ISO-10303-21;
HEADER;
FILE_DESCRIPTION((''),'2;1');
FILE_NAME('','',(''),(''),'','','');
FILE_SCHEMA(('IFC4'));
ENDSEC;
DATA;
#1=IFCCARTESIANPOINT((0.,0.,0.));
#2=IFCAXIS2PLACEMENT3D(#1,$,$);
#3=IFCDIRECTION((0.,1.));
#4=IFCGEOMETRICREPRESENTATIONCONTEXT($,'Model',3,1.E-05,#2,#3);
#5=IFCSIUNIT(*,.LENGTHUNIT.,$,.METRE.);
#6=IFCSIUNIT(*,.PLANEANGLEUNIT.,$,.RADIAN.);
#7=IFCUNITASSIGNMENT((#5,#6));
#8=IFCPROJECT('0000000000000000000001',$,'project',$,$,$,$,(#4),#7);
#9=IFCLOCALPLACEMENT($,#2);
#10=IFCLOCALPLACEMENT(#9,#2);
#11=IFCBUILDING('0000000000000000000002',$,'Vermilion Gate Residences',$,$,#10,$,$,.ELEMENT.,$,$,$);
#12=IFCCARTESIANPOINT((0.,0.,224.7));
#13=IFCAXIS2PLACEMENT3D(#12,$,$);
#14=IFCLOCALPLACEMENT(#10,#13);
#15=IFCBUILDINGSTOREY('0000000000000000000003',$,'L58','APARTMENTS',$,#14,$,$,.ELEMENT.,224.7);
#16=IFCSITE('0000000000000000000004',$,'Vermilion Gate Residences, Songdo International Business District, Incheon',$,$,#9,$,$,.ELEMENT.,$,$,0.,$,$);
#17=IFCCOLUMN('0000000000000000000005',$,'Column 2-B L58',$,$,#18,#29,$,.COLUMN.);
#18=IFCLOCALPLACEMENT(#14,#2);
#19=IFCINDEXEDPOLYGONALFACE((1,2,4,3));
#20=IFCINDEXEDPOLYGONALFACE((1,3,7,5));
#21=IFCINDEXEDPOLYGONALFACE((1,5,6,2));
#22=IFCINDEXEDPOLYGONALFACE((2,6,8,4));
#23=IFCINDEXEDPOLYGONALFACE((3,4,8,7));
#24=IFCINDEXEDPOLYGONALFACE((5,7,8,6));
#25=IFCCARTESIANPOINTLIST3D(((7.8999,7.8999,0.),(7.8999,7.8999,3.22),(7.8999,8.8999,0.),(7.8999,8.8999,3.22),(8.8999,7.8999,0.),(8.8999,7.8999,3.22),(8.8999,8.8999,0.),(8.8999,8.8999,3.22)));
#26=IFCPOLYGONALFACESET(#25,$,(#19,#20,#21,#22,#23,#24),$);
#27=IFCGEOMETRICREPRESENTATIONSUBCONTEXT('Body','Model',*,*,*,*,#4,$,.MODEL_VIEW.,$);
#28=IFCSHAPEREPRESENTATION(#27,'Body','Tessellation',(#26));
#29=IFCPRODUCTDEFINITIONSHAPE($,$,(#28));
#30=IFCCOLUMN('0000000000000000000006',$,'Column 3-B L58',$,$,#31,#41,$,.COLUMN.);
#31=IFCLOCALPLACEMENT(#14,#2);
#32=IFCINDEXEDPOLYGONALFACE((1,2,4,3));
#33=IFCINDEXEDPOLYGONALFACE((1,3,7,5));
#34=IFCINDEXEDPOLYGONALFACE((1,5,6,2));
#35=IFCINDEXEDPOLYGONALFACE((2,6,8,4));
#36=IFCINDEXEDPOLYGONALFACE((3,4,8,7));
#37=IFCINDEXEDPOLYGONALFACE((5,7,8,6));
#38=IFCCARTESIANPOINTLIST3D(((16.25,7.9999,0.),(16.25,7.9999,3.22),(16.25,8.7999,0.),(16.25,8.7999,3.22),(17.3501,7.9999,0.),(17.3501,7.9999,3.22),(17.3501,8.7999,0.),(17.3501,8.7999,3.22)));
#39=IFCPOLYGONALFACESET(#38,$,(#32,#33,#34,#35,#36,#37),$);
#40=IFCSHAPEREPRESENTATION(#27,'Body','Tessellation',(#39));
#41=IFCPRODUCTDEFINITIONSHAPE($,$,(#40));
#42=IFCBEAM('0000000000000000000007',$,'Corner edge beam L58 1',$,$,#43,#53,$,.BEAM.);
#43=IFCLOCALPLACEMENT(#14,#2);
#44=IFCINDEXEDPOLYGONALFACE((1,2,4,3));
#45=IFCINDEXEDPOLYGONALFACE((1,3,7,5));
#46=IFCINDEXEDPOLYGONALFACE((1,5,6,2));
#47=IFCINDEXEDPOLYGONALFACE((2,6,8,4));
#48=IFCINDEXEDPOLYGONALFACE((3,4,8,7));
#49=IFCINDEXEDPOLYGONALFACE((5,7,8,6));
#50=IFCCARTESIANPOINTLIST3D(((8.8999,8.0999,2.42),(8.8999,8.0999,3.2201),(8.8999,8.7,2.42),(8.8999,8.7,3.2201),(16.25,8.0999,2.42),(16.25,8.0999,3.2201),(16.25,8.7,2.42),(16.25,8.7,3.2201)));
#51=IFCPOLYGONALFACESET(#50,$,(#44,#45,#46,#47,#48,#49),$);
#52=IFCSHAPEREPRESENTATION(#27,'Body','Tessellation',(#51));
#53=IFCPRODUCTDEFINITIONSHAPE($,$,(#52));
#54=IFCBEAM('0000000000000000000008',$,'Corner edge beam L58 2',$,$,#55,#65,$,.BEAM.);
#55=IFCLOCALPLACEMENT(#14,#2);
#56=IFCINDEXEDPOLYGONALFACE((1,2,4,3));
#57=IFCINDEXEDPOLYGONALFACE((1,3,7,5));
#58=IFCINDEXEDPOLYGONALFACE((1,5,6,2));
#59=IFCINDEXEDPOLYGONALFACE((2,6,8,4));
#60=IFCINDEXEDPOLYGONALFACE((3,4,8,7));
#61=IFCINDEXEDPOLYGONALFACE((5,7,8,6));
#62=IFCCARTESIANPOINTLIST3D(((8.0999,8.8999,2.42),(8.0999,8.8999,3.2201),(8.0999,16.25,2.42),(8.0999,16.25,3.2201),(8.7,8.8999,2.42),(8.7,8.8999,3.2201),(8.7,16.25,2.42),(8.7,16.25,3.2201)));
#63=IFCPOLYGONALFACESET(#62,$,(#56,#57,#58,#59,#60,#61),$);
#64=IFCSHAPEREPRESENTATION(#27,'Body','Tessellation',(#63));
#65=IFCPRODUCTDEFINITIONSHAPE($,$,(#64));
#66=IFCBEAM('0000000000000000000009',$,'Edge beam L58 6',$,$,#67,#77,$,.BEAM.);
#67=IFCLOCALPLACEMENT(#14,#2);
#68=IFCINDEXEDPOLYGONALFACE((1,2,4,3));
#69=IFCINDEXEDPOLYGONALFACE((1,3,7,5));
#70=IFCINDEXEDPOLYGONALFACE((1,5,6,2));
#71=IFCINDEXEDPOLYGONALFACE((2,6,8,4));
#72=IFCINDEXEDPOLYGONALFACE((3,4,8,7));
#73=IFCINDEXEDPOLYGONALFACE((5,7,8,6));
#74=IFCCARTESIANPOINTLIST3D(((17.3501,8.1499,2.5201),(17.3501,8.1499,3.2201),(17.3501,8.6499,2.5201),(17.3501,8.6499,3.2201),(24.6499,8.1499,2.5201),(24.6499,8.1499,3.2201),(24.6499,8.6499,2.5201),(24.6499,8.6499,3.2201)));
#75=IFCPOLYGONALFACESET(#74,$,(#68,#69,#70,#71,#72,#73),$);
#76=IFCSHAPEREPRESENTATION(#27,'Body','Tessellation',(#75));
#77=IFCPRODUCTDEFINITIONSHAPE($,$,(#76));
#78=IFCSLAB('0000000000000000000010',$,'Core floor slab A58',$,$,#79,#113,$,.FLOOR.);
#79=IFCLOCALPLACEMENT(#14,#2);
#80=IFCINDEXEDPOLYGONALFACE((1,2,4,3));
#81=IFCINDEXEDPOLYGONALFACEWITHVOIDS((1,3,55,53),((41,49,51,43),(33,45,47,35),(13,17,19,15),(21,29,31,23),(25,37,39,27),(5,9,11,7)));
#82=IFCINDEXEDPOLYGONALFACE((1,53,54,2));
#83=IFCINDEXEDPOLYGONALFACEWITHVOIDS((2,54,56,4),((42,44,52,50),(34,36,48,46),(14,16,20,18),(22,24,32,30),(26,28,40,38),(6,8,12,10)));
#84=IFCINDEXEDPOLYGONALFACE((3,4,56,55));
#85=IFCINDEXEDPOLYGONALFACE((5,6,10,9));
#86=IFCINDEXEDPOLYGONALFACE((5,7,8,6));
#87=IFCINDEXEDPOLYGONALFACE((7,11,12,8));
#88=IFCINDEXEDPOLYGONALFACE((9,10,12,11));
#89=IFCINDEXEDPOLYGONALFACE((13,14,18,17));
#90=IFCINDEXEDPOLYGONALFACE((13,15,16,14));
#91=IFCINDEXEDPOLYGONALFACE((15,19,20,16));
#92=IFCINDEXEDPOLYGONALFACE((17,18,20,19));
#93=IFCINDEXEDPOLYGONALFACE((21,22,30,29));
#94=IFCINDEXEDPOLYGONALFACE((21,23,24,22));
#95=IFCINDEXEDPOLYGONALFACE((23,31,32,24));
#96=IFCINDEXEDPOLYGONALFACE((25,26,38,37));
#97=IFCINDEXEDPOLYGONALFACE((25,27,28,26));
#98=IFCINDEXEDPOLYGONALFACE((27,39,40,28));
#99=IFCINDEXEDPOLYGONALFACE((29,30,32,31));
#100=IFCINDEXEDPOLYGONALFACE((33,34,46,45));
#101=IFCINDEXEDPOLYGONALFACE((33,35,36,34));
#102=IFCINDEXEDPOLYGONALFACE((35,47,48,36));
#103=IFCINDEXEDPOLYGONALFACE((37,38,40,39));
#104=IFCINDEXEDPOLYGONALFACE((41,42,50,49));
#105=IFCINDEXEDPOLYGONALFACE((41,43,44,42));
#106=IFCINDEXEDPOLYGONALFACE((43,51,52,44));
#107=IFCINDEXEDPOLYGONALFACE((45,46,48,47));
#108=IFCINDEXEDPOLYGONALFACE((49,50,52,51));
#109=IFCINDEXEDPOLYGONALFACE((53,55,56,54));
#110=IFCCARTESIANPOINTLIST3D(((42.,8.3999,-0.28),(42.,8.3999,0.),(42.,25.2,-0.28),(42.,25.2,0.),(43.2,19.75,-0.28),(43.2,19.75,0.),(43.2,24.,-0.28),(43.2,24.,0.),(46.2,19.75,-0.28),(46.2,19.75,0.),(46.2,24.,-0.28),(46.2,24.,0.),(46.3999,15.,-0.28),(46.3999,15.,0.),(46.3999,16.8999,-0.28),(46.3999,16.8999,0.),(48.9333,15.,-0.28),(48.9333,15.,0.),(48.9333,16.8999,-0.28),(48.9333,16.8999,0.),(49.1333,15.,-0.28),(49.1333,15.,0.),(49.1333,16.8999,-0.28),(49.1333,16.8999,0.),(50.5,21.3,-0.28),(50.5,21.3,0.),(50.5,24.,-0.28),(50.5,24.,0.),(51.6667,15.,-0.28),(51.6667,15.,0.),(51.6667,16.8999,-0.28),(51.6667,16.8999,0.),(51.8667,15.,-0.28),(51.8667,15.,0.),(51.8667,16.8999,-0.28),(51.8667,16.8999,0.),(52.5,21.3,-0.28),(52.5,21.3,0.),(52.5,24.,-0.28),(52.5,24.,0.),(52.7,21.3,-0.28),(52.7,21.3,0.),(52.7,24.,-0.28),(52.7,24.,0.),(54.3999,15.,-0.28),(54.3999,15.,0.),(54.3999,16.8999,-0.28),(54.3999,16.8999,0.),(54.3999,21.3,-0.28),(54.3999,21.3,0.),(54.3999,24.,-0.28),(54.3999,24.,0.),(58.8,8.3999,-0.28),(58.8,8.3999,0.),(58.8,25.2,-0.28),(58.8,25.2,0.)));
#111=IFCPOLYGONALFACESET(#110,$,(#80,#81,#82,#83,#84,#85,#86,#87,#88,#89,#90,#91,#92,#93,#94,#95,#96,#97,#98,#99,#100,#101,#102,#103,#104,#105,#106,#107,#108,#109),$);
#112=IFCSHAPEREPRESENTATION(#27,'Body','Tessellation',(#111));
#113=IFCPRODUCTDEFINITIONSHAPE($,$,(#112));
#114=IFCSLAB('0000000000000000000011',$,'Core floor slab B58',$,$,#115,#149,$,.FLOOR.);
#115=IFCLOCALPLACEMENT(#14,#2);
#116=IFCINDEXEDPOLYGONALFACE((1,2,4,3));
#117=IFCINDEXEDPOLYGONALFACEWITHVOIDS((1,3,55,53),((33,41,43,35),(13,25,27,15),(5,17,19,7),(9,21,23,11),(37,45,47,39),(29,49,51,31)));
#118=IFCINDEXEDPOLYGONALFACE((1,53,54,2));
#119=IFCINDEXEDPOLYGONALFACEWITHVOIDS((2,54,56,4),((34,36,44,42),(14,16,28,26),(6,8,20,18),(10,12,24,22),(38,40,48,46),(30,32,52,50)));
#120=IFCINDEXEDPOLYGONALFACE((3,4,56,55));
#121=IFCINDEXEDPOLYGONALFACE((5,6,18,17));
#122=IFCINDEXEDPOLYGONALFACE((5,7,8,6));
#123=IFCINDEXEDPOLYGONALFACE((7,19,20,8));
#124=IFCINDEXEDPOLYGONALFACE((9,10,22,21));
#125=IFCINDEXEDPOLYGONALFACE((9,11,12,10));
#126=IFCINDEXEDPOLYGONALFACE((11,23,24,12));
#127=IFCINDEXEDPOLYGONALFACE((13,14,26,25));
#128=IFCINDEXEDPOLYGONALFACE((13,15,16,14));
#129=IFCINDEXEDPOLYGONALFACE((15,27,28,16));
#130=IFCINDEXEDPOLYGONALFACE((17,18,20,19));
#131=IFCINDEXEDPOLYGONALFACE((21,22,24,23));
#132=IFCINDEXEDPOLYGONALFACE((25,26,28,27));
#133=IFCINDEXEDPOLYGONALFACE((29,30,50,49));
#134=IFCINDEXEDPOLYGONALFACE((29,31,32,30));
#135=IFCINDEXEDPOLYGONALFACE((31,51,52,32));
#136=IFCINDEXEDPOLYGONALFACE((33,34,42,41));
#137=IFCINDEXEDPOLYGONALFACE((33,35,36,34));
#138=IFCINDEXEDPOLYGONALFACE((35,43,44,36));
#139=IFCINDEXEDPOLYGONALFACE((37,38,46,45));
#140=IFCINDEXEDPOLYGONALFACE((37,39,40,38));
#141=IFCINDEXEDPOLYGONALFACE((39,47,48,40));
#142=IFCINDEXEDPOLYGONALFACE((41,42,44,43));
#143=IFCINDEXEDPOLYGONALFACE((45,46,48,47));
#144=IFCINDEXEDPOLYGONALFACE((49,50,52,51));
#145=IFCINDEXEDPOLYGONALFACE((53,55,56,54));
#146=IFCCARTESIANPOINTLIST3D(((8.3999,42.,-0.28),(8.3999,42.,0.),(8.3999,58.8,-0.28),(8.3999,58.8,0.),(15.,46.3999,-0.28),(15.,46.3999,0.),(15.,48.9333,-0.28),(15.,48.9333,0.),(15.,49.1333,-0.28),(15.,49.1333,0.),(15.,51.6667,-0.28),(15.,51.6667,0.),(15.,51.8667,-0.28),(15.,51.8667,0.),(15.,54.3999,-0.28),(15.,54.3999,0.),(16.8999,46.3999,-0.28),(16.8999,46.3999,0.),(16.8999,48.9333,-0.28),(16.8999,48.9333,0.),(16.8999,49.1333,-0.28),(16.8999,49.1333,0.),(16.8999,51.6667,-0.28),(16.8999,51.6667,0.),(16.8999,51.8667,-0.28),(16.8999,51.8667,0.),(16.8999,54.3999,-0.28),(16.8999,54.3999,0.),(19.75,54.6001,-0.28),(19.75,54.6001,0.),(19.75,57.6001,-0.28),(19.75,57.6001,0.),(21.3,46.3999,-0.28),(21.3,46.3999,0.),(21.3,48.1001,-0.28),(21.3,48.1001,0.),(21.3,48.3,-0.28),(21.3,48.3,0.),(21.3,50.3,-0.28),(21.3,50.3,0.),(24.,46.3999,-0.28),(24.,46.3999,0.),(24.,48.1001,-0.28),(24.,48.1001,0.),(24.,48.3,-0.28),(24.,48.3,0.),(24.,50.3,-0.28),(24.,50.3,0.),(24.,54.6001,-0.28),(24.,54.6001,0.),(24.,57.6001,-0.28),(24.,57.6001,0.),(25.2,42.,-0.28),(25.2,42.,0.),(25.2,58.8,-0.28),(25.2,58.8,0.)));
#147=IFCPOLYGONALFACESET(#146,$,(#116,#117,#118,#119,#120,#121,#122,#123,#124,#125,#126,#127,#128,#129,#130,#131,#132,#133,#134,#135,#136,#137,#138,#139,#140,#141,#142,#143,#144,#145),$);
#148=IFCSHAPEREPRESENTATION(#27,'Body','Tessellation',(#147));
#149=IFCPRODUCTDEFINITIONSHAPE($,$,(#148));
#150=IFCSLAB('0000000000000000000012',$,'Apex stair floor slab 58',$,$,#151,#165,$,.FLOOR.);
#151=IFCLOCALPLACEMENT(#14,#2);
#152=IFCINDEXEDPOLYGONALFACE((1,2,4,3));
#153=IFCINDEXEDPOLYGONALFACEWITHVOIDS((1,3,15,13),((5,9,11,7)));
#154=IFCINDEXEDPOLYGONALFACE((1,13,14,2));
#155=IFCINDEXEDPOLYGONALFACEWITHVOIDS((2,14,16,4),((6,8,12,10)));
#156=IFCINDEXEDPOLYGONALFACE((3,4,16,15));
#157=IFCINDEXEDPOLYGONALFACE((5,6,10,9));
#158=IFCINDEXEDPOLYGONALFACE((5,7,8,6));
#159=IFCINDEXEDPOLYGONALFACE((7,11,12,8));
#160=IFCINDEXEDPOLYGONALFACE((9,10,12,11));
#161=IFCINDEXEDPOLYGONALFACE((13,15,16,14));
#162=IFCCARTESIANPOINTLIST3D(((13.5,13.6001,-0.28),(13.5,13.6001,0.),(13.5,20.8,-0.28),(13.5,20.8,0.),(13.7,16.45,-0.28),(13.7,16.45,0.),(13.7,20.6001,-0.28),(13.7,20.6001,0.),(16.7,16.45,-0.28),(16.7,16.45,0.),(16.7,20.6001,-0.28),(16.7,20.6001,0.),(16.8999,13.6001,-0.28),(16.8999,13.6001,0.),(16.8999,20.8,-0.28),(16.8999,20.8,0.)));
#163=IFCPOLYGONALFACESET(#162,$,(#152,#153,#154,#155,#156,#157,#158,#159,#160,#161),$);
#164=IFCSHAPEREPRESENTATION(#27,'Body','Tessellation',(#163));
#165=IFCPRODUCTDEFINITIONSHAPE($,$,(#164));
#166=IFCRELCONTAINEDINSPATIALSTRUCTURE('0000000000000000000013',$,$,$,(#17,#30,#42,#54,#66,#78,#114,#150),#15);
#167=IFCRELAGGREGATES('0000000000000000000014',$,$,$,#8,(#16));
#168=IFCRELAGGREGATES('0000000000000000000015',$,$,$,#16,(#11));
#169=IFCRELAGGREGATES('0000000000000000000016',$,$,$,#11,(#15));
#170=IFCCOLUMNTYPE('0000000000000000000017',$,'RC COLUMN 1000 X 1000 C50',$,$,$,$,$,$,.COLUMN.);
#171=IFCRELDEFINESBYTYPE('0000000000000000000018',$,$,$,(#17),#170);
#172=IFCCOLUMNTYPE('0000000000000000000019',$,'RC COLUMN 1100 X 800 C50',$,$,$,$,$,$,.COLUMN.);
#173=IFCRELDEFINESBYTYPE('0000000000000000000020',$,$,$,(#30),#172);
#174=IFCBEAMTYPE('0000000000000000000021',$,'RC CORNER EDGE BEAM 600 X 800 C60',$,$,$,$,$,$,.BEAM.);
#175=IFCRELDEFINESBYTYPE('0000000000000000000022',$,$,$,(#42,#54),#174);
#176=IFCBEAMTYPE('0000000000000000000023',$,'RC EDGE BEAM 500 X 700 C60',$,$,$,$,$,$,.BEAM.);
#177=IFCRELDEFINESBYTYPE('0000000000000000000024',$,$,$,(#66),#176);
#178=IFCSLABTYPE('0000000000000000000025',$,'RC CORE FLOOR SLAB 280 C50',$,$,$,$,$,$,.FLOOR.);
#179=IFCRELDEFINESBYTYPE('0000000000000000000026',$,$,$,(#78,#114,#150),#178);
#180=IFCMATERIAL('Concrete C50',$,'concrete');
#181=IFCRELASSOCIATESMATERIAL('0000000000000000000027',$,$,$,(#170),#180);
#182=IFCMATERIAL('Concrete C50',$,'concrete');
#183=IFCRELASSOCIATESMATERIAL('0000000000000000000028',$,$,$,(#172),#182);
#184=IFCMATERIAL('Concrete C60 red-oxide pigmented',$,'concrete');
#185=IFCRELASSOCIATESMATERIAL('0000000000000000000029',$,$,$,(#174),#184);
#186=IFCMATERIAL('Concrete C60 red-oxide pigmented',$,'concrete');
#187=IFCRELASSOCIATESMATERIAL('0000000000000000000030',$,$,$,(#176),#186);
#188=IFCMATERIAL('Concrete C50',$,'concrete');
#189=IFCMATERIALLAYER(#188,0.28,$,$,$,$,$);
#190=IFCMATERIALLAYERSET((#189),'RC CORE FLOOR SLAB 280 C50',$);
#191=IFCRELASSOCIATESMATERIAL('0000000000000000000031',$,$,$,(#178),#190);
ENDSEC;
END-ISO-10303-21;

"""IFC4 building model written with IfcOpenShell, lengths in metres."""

from ifc_helpers import new_model, si_unit, direction, frame, origin, origin_2d, place, context, subcontext, project, spatial, polyline, rectangle, outline, extrude, material, layer, layer_set, material_profile, profile_set, type_object, element, save


model = new_model("IFC4")

# Units and contexts
model_context = context("Model", 3, precision=1e-05, world=origin(), true_north=direction((0.0, 1.0)))
body_context = subcontext(model_context, "Body", "Model", "MODEL_VIEW")
ifc_project = project(units=[si_unit("LENGTHUNIT", "METRE"), si_unit("PLANEANGLEUNIT", "RADIAN")], contexts=[model_context])

# Site, building, storey
site_placement = place(None, origin())
site = spatial("IfcSite", under=ifc_project, at=site_placement, Name="Vermilion Gate Residences, Songdo International Business District, Incheon", CompositionType="ELEMENT", RefElevation=0.0)
building_placement = place(site_placement, origin())
building = spatial("IfcBuilding", under=site, at=building_placement, Name="Vermilion Gate Residences", CompositionType="ELEMENT")
storey_placement = place(building_placement, frame((0.0, 0.0, 224.7)))
storey = spatial("IfcBuildingStorey", under=building, at=storey_placement, Name="L58", Description="APARTMENTS", CompositionType="ELEMENT", Elevation=224.7)

# Columns
ifc_material_1 = material(Name="Concrete C50", Category="concrete")
ifc_material_profile_1 = material_profile(ifc_material_1, rectangle(XDim=1.0, YDim=1.0, at=origin_2d()), Name="RC-1000x1000")
ifc_profile_set_1 = profile_set([ifc_material_profile_1], Name="Concrete C50")
column_type_1 = type_object("IfcColumnType", Name="RC COLUMN 1000 X 1000 C50", PredefinedType="COLUMN", material=ifc_profile_set_1)
column_1_placement = place(storey_placement, frame((8.3999, 8.3999, 0.0), z_axis=(0.0, 0.0, 1.0), x_axis=(1.0, 0.0, 0.0)))
element("IfcColumn", 1, at=column_1_placement, inside=storey, type_object=column_type_1, Name="Column 2-B L58", PredefinedType="COLUMN", context=body_context, shape_type="SweptSolid", body=[
    extrude(rectangle(XDim=1.0, YDim=1.0, at=origin_2d()), origin(), (0.0, 0.0, 1.0), 3.22),
])
ifc_material_2 = material(Name="Concrete C50", Category="concrete")
ifc_material_profile_2 = material_profile(ifc_material_2, rectangle(XDim=1.1001, YDim=0.8, at=origin_2d()), Name="RC-1100x800")
ifc_profile_set_2 = profile_set([ifc_material_profile_2], Name="Concrete C50")
column_type_2 = type_object("IfcColumnType", Name="RC COLUMN 1100 X 800 C50", PredefinedType="COLUMN", material=ifc_profile_set_2)
column_2_placement = place(storey_placement, frame((16.8, 8.3999, 0.0), z_axis=(0.0, 0.0, 1.0), x_axis=(1.0, 0.0, 0.0)))
element("IfcColumn", 2, at=column_2_placement, inside=storey, type_object=column_type_2, Name="Column 3-B L58", PredefinedType="COLUMN", context=body_context, shape_type="SweptSolid", body=[
    extrude(rectangle(XDim=1.1001, YDim=0.8, at=origin_2d()), origin(), (0.0, 0.0, 1.0), 3.22),
])

# Beams
ifc_material_3 = material(Name="Concrete C60 red-oxide pigmented", Category="concrete")
ifc_material_profile_3 = material_profile(ifc_material_3, rectangle(XDim=0.6001, YDim=0.8, at=origin_2d()), Name="RC-600x800")
ifc_profile_set_3 = profile_set([ifc_material_profile_3], Name="Concrete C60 red-oxide pigmented")
beam_type_1 = type_object("IfcBeamType", Name="RC CORNER EDGE BEAM 600 X 800 C60", PredefinedType="BEAM", material=ifc_profile_set_3)
for number, where, z_axis, x_axis, name in (
    (3, (8.8999, 8.3999, 2.8201), (1.0, 0.0, 0.0), (0.0, 1.0, 0.0), "Corner edge beam L58 1"),
    (4, (8.3999, 8.8999, 2.8201), (0.0, 1.0, 0.0), (-1.0, 0.0, 0.0), "Corner edge beam L58 2"),
):
    element("IfcBeam", number, at=place(storey_placement, frame(where, z_axis=z_axis, x_axis=x_axis)), inside=storey, type_object=beam_type_1, Name=name, PredefinedType="BEAM", context=body_context, shape_type="SweptSolid", body=[
        extrude(rectangle(XDim=0.6001, YDim=0.8, at=origin_2d()), origin(), (0.0, 0.0, 1.0), 7.3501),
    ])
ifc_material_4 = material(Name="Concrete C60 red-oxide pigmented", Category="concrete")
ifc_material_profile_4 = material_profile(ifc_material_4, rectangle(XDim=0.5, YDim=0.7, at=origin_2d()), Name="RC-500x700")
ifc_profile_set_4 = profile_set([ifc_material_profile_4], Name="Concrete C60 red-oxide pigmented")
beam_type_2 = type_object("IfcBeamType", Name="RC EDGE BEAM 500 X 700 C60", PredefinedType="BEAM", material=ifc_profile_set_4)
beam_placement = place(storey_placement, frame((17.3501, 8.3999, 2.8701), z_axis=(1.0, 0.0, 0.0), x_axis=(0.0, 1.0, 0.0)))
element("IfcBeam", 5, at=beam_placement, inside=storey, type_object=beam_type_2, Name="Edge beam L58 6", PredefinedType="BEAM", context=body_context, shape_type="SweptSolid", body=[
    extrude(rectangle(XDim=0.5, YDim=0.7, at=origin_2d()), origin(), (0.0, 0.0, 1.0), 7.2998),
])

# Slabs
ifc_material_5 = material(Name="Concrete C50", Category="concrete")
ifc_layer_1 = layer(ifc_material_5, 0.28)
ifc_layer_set_1 = layer_set([ifc_layer_1], Name="RC CORE FLOOR SLAB 280 C50")
slab_type_1 = type_object("IfcSlabType", Name="RC CORE FLOOR SLAB 280 C50", PredefinedType="FLOOR", material=ifc_layer_set_1)
slab_1_placement = place(storey_placement, frame((0.0, 0.0, -0.28)))
element("IfcSlab", 6, at=slab_1_placement, inside=storey, type_object=slab_type_1, Name="Core floor slab A58", PredefinedType="FLOOR", context=body_context, shape_type="SweptSolid", body=[
    extrude(outline(polyline([(42.0, 8.3999), (58.8, 8.3999), (58.8, 25.2), (42.0, 25.2), (42.0, 8.3999)]), holes=[polyline([(46.3999, 15.0), (46.3999, 16.8999), (48.9333, 16.8999), (48.9333, 15.0), (46.3999, 15.0)]), polyline([(49.1333, 16.8999), (51.6667, 16.8999), (51.6667, 15.0), (49.1333, 15.0), (49.1333, 16.8999)]), polyline([(51.8667, 16.8999), (54.3999, 16.8999), (54.3999, 15.0), (51.8667, 15.0), (51.8667, 16.8999)]), polyline([(43.2, 19.75), (43.2, 24.0), (46.2, 24.0), (46.2, 19.75), (43.2, 19.75)]), polyline([(50.5, 24.0), (52.5, 24.0), (52.5, 21.3), (50.5, 21.3), (50.5, 24.0)]), polyline([(52.7, 24.0), (54.3999, 24.0), (54.3999, 21.3), (52.7, 21.3), (52.7, 24.0)])]), origin(), (0.0, 0.0, 1.0), 0.28),
])
slab_2_placement = place(storey_placement, frame((0.0, 0.0, -0.28)))
element("IfcSlab", 7, at=slab_2_placement, inside=storey, type_object=slab_type_1, Name="Core floor slab B58", PredefinedType="FLOOR", context=body_context, shape_type="SweptSolid", body=[
    extrude(outline(polyline([(8.3999, 42.0), (25.2, 42.0), (25.2, 58.8), (8.3999, 58.8), (8.3999, 42.0)]), holes=[polyline([(21.3, 46.3999), (21.3, 48.1001), (24.0, 48.1001), (24.0, 46.3999), (21.3, 46.3999)]), polyline([(15.0, 48.9333), (16.8999, 48.9333), (16.8999, 46.3999), (15.0, 46.3999), (15.0, 48.9333)]), polyline([(21.3, 50.3), (24.0, 50.3), (24.0, 48.3), (21.3, 48.3), (21.3, 50.3)]), polyline([(15.0, 49.1333), (15.0, 51.6667), (16.8999, 51.6667), (16.8999, 49.1333), (15.0, 49.1333)]), polyline([(15.0, 54.3999), (16.8999, 54.3999), (16.8999, 51.8667), (15.0, 51.8667), (15.0, 54.3999)]), polyline([(19.75, 57.6001), (24.0, 57.6001), (24.0, 54.6001), (19.75, 54.6001), (19.75, 57.6001)])]), origin(), (0.0, 0.0, 1.0), 0.28),
])
slab_3_placement = place(storey_placement, frame((0.0, 0.0, -0.28)))
element("IfcSlab", 8, at=slab_3_placement, inside=storey, type_object=slab_type_1, Name="Apex stair floor slab 58", PredefinedType="FLOOR", context=body_context, shape_type="SweptSolid", body=[
    extrude(outline(polyline([(13.5, 13.6001), (16.8999, 13.6001), (16.8999, 20.8), (13.5, 20.8), (13.5, 13.6001)]), holes=[polyline([(16.7, 20.6001), (16.7, 16.45), (13.7, 16.45), (13.7, 20.6001), (16.7, 20.6001)])]), origin(), (0.0, 0.0, 1.0), 0.28),
])

save(model, "model.ifc")
